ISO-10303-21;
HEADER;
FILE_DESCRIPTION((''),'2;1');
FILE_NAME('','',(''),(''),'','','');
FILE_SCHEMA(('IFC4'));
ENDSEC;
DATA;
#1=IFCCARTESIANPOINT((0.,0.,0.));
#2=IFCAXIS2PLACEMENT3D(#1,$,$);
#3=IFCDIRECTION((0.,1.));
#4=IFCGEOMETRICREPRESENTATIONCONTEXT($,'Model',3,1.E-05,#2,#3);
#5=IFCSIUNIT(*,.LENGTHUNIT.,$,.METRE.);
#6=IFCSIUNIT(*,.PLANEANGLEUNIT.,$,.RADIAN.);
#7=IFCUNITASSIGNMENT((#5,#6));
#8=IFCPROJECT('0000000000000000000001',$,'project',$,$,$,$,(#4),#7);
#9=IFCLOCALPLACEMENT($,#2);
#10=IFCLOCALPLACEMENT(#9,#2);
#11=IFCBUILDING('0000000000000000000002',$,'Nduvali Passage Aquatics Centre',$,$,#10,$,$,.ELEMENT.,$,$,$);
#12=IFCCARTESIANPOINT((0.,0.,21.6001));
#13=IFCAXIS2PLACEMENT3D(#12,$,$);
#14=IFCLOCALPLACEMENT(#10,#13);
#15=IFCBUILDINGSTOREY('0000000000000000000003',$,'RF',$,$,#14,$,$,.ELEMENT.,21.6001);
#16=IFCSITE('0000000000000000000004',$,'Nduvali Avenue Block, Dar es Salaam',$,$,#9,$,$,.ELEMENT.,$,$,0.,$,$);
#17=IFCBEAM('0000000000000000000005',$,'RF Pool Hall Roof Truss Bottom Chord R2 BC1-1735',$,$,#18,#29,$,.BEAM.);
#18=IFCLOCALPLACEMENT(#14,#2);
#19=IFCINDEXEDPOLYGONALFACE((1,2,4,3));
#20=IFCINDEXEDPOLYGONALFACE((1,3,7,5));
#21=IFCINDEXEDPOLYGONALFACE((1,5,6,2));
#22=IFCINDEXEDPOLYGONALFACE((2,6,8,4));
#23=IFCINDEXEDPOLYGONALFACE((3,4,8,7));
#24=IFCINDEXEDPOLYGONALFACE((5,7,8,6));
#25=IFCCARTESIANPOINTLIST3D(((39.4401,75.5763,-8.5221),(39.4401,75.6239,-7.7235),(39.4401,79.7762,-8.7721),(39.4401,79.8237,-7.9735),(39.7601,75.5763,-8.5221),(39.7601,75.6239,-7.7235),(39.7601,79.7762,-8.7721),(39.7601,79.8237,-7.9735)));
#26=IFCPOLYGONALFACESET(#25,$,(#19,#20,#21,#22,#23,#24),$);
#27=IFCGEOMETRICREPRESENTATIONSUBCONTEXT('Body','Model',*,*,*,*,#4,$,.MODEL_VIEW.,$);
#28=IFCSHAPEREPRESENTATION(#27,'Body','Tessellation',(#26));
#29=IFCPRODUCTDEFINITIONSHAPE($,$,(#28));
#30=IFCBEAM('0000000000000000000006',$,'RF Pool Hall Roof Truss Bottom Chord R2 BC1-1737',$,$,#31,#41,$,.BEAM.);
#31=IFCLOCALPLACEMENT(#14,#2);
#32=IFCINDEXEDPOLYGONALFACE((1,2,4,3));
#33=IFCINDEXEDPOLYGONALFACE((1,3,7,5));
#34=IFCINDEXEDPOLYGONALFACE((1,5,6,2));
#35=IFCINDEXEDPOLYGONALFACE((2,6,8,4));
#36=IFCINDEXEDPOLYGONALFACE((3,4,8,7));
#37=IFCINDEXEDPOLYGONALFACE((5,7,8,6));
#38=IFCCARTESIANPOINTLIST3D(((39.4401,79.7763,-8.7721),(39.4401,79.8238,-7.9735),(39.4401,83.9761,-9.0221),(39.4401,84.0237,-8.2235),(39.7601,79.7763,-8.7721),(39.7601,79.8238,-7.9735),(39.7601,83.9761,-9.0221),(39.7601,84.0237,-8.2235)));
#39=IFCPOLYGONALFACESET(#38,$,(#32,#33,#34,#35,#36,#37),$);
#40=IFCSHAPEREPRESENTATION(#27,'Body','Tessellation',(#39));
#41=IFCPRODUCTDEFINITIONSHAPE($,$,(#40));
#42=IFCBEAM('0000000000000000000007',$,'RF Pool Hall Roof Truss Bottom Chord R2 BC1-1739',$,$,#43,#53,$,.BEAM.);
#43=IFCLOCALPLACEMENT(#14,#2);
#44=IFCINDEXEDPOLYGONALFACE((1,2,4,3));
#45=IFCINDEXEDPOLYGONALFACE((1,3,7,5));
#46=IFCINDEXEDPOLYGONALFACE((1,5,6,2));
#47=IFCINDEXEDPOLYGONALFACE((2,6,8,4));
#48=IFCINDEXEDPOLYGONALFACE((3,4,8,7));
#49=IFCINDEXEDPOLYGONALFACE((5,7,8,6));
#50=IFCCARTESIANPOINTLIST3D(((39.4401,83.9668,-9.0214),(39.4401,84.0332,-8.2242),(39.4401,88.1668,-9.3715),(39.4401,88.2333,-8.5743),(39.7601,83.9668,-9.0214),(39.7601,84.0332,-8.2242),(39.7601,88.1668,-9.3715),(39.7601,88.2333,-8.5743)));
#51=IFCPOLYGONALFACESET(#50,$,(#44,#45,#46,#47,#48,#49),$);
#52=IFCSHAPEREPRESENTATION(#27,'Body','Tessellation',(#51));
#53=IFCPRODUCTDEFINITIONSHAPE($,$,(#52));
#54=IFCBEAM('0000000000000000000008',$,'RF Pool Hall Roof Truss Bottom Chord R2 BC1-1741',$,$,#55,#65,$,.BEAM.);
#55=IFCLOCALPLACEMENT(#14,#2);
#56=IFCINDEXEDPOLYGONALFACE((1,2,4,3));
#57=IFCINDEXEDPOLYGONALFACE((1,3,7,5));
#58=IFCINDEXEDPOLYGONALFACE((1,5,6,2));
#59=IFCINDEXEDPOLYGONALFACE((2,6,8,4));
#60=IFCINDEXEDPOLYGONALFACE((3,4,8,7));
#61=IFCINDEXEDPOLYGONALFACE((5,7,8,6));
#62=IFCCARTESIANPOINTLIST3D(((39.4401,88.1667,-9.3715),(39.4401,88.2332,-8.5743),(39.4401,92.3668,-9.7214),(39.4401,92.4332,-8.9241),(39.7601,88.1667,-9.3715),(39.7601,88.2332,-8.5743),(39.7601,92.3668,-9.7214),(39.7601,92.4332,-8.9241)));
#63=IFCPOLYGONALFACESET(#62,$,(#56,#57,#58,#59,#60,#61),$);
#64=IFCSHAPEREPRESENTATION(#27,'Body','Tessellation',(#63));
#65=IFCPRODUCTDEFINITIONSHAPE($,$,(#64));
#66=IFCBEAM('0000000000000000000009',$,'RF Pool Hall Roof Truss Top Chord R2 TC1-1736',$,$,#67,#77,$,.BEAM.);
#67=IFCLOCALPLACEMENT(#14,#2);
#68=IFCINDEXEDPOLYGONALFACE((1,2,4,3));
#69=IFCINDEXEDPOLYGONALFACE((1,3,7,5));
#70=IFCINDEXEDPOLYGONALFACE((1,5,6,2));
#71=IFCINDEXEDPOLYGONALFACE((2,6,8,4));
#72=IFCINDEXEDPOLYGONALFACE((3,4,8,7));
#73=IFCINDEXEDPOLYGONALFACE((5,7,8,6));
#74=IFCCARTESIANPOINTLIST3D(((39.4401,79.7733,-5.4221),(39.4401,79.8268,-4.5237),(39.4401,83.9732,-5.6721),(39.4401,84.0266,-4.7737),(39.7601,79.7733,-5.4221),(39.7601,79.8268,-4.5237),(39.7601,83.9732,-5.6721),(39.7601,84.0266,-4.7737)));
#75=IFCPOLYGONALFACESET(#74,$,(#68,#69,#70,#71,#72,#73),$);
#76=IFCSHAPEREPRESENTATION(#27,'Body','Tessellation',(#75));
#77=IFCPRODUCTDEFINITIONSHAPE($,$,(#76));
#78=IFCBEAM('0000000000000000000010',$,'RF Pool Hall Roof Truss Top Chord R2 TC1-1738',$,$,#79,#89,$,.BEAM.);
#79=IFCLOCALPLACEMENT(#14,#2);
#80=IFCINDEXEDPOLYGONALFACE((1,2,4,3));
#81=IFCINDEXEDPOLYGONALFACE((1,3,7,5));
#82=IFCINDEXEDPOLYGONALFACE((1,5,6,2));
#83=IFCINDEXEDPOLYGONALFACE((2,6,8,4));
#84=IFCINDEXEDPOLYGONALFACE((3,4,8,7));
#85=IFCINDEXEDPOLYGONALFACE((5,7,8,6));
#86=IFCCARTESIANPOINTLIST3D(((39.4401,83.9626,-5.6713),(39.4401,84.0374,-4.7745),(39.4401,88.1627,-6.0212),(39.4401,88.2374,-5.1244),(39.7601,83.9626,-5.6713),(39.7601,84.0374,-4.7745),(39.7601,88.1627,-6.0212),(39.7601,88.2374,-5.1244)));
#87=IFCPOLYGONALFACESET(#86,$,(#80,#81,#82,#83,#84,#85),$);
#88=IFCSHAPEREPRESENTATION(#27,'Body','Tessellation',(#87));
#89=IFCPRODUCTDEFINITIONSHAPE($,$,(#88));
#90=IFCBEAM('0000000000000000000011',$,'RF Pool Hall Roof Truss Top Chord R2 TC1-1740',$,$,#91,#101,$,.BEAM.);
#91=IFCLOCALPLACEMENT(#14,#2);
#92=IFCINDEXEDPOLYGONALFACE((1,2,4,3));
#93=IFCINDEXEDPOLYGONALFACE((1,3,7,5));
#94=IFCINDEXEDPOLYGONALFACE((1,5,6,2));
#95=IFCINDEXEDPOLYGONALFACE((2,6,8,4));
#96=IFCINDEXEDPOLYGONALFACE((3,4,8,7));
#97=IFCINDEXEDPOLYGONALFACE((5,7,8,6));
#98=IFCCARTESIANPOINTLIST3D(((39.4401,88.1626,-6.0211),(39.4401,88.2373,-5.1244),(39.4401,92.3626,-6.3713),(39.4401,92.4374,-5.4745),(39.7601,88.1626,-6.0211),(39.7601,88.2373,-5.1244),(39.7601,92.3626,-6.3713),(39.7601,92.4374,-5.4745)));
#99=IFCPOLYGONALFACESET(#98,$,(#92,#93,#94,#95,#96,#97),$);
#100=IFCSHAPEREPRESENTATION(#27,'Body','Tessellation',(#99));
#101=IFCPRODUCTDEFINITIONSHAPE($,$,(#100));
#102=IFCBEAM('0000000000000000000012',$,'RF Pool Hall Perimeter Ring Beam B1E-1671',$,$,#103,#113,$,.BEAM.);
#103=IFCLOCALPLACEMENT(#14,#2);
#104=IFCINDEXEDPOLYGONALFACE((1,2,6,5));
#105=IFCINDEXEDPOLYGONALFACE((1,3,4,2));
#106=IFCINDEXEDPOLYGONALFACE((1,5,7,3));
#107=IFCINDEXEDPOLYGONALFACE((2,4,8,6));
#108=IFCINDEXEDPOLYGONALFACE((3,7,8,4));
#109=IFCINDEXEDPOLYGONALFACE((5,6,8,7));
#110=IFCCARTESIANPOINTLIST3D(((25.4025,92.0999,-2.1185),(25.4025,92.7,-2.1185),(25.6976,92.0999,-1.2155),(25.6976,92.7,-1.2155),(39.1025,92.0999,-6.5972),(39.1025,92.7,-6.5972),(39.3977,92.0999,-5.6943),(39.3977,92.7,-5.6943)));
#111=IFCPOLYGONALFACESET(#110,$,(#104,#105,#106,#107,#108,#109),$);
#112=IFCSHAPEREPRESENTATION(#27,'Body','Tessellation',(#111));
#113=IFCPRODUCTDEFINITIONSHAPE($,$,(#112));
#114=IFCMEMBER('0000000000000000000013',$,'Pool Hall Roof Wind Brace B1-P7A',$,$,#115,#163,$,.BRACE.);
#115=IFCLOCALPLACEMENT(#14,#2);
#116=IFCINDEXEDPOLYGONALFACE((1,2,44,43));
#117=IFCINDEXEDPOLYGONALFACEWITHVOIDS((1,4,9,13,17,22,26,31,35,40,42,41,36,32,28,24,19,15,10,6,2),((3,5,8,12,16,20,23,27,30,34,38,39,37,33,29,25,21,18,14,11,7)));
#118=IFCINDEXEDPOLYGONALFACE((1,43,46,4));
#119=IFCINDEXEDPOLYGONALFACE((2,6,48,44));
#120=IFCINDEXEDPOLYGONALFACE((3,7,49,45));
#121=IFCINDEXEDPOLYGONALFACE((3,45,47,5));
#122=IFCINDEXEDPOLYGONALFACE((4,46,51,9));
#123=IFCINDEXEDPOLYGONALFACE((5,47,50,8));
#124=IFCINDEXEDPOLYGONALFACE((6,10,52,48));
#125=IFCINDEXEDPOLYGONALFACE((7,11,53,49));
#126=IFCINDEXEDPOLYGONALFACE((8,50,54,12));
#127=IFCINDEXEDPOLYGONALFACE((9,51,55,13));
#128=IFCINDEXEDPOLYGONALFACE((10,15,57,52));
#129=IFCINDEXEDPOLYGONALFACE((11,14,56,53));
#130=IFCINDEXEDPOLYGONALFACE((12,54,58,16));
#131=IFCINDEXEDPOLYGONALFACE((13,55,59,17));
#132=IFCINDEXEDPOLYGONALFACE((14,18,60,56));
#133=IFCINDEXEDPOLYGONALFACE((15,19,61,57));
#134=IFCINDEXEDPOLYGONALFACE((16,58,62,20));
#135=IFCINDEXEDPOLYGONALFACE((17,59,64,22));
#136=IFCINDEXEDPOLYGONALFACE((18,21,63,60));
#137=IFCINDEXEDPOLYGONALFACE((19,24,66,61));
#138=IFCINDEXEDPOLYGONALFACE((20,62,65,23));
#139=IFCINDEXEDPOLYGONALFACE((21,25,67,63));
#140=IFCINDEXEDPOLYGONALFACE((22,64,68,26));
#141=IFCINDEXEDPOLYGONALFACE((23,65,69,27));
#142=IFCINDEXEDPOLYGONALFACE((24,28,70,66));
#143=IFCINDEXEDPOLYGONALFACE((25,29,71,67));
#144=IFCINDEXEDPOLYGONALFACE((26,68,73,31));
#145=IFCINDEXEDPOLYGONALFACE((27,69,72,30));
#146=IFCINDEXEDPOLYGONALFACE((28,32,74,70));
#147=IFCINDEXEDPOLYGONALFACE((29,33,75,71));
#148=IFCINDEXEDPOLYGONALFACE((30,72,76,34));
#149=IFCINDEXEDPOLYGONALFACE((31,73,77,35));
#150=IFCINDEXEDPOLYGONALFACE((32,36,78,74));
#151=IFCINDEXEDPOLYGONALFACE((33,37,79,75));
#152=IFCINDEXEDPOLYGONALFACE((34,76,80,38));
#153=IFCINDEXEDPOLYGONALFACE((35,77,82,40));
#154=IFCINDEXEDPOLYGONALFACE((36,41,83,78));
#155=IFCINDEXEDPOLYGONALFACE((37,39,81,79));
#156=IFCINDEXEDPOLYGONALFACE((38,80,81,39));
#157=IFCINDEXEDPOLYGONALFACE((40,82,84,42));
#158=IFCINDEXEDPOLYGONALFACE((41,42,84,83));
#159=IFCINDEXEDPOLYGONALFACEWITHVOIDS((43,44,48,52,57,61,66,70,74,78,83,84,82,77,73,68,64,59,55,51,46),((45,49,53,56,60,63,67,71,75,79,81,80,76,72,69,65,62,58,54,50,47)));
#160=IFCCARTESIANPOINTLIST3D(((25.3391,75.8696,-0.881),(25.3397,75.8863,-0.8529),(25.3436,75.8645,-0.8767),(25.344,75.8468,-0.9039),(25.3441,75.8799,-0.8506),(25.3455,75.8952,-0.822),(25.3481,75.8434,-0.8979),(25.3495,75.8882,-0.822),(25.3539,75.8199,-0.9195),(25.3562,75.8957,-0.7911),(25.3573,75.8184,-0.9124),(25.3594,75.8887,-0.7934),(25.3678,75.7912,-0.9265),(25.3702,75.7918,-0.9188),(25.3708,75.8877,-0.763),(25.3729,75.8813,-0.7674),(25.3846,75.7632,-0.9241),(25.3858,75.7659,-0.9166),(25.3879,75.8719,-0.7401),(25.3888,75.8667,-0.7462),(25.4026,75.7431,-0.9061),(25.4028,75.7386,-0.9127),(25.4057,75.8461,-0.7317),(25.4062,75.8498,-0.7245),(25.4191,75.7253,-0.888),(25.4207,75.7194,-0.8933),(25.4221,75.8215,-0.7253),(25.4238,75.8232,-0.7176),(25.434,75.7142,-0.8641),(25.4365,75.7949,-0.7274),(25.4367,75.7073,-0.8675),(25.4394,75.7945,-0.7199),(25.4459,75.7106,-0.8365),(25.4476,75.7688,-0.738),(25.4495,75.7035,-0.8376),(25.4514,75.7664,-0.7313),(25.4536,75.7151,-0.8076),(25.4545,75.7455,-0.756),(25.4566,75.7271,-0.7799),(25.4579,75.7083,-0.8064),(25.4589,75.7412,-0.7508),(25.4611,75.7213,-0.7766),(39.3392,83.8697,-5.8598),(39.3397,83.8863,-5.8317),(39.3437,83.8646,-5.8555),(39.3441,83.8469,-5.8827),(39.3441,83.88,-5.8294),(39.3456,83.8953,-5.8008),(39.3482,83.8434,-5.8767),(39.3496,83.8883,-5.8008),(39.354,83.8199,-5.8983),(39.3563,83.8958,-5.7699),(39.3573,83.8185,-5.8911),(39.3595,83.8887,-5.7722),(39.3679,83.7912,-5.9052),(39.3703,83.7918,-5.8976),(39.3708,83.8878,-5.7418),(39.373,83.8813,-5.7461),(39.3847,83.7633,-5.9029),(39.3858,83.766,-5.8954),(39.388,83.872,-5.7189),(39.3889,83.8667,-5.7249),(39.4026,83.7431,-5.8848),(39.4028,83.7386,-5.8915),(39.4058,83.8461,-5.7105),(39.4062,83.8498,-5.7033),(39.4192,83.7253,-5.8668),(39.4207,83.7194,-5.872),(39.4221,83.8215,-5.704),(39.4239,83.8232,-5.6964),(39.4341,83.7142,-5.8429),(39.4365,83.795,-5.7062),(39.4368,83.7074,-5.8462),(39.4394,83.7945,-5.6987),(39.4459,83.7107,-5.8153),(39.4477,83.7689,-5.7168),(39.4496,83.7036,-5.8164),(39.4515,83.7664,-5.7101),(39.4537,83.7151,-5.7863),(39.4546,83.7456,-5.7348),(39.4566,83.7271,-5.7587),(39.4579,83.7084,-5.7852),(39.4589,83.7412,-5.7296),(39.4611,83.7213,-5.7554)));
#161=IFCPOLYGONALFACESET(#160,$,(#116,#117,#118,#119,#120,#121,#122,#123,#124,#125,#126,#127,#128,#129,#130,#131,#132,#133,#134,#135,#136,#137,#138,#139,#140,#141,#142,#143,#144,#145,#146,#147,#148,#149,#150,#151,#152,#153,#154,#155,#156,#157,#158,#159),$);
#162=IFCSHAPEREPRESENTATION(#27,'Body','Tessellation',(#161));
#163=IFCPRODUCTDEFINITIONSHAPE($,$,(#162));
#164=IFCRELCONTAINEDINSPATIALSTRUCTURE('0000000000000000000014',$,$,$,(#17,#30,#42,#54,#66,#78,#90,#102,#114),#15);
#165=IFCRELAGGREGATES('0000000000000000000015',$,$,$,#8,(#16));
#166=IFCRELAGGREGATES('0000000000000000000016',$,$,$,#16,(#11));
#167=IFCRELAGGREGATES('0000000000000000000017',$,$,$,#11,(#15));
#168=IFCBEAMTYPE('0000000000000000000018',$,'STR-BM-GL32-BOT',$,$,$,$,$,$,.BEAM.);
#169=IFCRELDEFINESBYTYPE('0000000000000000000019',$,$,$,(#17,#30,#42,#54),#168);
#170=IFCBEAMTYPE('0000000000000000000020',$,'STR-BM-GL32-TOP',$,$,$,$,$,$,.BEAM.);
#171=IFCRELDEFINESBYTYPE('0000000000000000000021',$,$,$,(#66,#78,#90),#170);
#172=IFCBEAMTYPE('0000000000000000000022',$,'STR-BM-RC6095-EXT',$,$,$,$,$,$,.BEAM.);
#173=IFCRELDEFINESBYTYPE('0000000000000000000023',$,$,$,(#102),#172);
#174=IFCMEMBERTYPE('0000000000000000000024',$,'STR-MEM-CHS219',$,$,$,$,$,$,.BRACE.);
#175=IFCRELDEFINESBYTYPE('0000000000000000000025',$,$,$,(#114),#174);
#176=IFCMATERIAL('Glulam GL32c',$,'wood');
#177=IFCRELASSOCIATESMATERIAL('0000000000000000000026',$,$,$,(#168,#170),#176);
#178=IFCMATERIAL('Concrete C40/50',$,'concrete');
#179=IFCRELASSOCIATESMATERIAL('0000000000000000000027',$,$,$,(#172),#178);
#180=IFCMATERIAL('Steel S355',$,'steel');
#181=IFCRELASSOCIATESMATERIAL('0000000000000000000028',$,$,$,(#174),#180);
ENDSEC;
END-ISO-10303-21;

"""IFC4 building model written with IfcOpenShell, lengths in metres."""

from ifc_helpers import new_model, si_unit, direction, frame, origin, origin_2d, place, context, subcontext, project, spatial, rectangle, hollow_circle, extrude, material, material_profile, profile_set, type_object, element, save


model = new_model("IFC4")

# Units and contexts
model_context = context("Model", 3, precision=1e-05, world=origin(), true_north=direction((0.0, 1.0)))
body_context = subcontext(model_context, "Body", "Model", "MODEL_VIEW")
ifc_project = project(units=[si_unit("LENGTHUNIT", "METRE"), si_unit("PLANEANGLEUNIT", "RADIAN")], contexts=[model_context])

# Site, building, storey
site_placement = place(None, origin())
site = spatial("IfcSite", under=ifc_project, at=site_placement, Name="Nduvali Avenue Block, Dar es Salaam", CompositionType="ELEMENT", RefElevation=0.0)
building_placement = place(site_placement, origin())
building = spatial("IfcBuilding", under=site, at=building_placement, Name="Nduvali Passage Aquatics Centre", CompositionType="ELEMENT")
storey_placement = place(building_placement, frame((0.0, 0.0, 21.6001)))
storey = spatial("IfcBuildingStorey", under=building, at=storey_placement, Name="RF", CompositionType="ELEMENT", Elevation=21.6001)

# Beams
ifc_material_1 = material(Name="Glulam GL32c", Category="wood")
ifc_material_profile_1 = material_profile(ifc_material_1, rectangle(XDim=0.3201, YDim=0.8, at=origin_2d()), Name="GL32c 320x800")
ifc_profile_set_1 = profile_set([ifc_material_profile_1], Name="Glulam GL32c")
beam_type_1 = type_object("IfcBeamType", Name="STR-BM-GL32-BOT", PredefinedType="BEAM", material=ifc_profile_set_1)
for number, where, z_axis, x_axis, name in (
    (1, (39.6001, 75.6001, -8.1228), (0.0, 0.998233, -0.059419), (-1.0, 0.0, 0.0), "RF Pool Hall Roof Truss Bottom Chord R2 BC1-1735"),
    (2, (39.6001, 79.8, -8.3728), (0.0, 0.998233, -0.059419), (-1.0, 0.0, 0.0), "RF Pool Hall Roof Truss Bottom Chord R2 BC1-1737"),
):
    element("IfcBeam", number, at=place(storey_placement, frame(where, z_axis=z_axis, x_axis=x_axis)), inside=storey, type_object=beam_type_1, Name=name, PredefinedType="BEAM", context=body_context, shape_type="SweptSolid", body=[
        extrude(rectangle(XDim=0.3201, YDim=0.8, at=origin_2d()), origin(), (0.0, 0.0, 1.0), 4.2073),
    ])
for number, where, z_axis, x_axis, name in (
    (3, (39.6001, 84.0, -8.6228), (0.0, 0.996544, -0.083069), (-1.0, 0.0, 0.0), "RF Pool Hall Roof Truss Bottom Chord R2 BC1-1739"),
    (4, (39.6001, 88.2, -8.9729), (0.0, 0.996549, -0.083012), (-1.0, 0.0, 0.0), "RF Pool Hall Roof Truss Bottom Chord R2 BC1-1741"),
):
    element("IfcBeam", number, at=place(storey_placement, frame(where, z_axis=z_axis, x_axis=x_axis)), inside=storey, type_object=beam_type_1, Name=name, PredefinedType="BEAM", context=body_context, shape_type="SweptSolid", body=[
        extrude(rectangle(XDim=0.3201, YDim=0.8, at=origin_2d()), origin(), (0.0, 0.0, 1.0), 4.2146),
    ])
ifc_material_profile_2 = material_profile(ifc_material_1, rectangle(XDim=0.3201, YDim=0.8999, at=origin_2d()), Name="GL32c 320x900")
ifc_profile_set_2 = profile_set([ifc_material_profile_2], Name="Glulam GL32c")
beam_type_2 = type_object("IfcBeamType", Name="STR-BM-GL32-TOP", PredefinedType="BEAM", material=ifc_profile_set_2)
beam_1_placement = place(storey_placement, frame((39.6001, 79.8, -4.9729), z_axis=(0.0, 0.998233, -0.059419), x_axis=(-1.0, 0.0, 0.0)))
element("IfcBeam", 5, at=beam_1_placement, inside=storey, type_object=beam_type_2, Name="RF Pool Hall Roof Truss Top Chord R2 TC1-1736", PredefinedType="BEAM", context=body_context, shape_type="SweptSolid", body=[
    extrude(rectangle(XDim=0.3201, YDim=0.8999, at=origin_2d()), origin(), (0.0, 0.0, 1.0), 4.2073),
])
for number, where, z_axis, x_axis, name in (
    (6, (39.6001, 84.0, -5.2229), (0.0, 0.996549, -0.083012), (-1.0, 0.0, 0.0), "RF Pool Hall Roof Truss Top Chord R2 TC1-1738"),
    (7, (39.6001, 88.2, -5.5728), (0.0, 0.996544, -0.083069), (-1.0, 0.0, 0.0), "RF Pool Hall Roof Truss Top Chord R2 TC1-1740"),
):
    element("IfcBeam", number, at=place(storey_placement, frame(where, z_axis=z_axis, x_axis=x_axis)), inside=storey, type_object=beam_type_2, Name=name, PredefinedType="BEAM", context=body_context, shape_type="SweptSolid", body=[
        extrude(rectangle(XDim=0.3201, YDim=0.8999, at=origin_2d()), origin(), (0.0, 0.0, 1.0), 4.2146),
    ])
ifc_material_2 = material(Name="Concrete C40/50", Category="concrete")
ifc_material_profile_3 = material_profile(ifc_material_2, rectangle(XDim=0.6001, YDim=0.95, at=origin_2d()), Name="RC 600x950")
ifc_profile_set_3 = profile_set([ifc_material_profile_3], Name="Concrete C40/50")
beam_type_3 = type_object("IfcBeamType", Name="STR-BM-RC6095-EXT", PredefinedType="BEAM", material=ifc_profile_set_3)
beam_2_placement = place(storey_placement, frame((25.55, 92.3999, -1.667), z_axis=(0.950497, 0.0, -0.310734), x_axis=(0.0, 1.0, 0.0)))
element("IfcBeam", 8, at=beam_2_placement, inside=storey, type_object=beam_type_3, Name="RF Pool Hall Perimeter Ring Beam B1E-1671", PredefinedType="BEAM", context=body_context, shape_type="SweptSolid", body=[
    extrude(rectangle(XDim=0.6001, YDim=0.95, at=origin_2d()), origin(), (0.0, 0.0, 1.0), 14.4136),
])

# Member
ifc_material_3 = material(Name="Steel S355", Category="steel")
ifc_material_profile_4 = material_profile(ifc_material_3, hollow_circle(Radius=0.1096, WallThickness=0.0081, at=origin_2d()), Name="CHS 219.1x8.0")
ifc_profile_set_4 = profile_set([ifc_material_profile_4], Name="Steel S355")
member_type_1 = type_object("IfcMemberType", Name="STR-MEM-CHS219", PredefinedType="BRACE", material=ifc_profile_set_4)
member_1_placement = place(storey_placement, frame((25.3999, 75.8, -0.822), z_axis=(0.829597, 0.474055, -0.295026), x_axis=(-0.496139, 0.868243, 0.0)))
element("IfcMember", 9, at=member_1_placement, inside=storey, type_object=member_type_1, Name="Pool Hall Roof Wind Brace B1-P7A", PredefinedType="BRACE", context=body_context, shape_type="SweptSolid", body=[
    extrude(hollow_circle(Radius=0.1096, WallThickness=0.0081, at=origin_2d()), origin(), (0.0, 0.0, 1.0), 16.8757),
])

save(model, "model.ifc")
